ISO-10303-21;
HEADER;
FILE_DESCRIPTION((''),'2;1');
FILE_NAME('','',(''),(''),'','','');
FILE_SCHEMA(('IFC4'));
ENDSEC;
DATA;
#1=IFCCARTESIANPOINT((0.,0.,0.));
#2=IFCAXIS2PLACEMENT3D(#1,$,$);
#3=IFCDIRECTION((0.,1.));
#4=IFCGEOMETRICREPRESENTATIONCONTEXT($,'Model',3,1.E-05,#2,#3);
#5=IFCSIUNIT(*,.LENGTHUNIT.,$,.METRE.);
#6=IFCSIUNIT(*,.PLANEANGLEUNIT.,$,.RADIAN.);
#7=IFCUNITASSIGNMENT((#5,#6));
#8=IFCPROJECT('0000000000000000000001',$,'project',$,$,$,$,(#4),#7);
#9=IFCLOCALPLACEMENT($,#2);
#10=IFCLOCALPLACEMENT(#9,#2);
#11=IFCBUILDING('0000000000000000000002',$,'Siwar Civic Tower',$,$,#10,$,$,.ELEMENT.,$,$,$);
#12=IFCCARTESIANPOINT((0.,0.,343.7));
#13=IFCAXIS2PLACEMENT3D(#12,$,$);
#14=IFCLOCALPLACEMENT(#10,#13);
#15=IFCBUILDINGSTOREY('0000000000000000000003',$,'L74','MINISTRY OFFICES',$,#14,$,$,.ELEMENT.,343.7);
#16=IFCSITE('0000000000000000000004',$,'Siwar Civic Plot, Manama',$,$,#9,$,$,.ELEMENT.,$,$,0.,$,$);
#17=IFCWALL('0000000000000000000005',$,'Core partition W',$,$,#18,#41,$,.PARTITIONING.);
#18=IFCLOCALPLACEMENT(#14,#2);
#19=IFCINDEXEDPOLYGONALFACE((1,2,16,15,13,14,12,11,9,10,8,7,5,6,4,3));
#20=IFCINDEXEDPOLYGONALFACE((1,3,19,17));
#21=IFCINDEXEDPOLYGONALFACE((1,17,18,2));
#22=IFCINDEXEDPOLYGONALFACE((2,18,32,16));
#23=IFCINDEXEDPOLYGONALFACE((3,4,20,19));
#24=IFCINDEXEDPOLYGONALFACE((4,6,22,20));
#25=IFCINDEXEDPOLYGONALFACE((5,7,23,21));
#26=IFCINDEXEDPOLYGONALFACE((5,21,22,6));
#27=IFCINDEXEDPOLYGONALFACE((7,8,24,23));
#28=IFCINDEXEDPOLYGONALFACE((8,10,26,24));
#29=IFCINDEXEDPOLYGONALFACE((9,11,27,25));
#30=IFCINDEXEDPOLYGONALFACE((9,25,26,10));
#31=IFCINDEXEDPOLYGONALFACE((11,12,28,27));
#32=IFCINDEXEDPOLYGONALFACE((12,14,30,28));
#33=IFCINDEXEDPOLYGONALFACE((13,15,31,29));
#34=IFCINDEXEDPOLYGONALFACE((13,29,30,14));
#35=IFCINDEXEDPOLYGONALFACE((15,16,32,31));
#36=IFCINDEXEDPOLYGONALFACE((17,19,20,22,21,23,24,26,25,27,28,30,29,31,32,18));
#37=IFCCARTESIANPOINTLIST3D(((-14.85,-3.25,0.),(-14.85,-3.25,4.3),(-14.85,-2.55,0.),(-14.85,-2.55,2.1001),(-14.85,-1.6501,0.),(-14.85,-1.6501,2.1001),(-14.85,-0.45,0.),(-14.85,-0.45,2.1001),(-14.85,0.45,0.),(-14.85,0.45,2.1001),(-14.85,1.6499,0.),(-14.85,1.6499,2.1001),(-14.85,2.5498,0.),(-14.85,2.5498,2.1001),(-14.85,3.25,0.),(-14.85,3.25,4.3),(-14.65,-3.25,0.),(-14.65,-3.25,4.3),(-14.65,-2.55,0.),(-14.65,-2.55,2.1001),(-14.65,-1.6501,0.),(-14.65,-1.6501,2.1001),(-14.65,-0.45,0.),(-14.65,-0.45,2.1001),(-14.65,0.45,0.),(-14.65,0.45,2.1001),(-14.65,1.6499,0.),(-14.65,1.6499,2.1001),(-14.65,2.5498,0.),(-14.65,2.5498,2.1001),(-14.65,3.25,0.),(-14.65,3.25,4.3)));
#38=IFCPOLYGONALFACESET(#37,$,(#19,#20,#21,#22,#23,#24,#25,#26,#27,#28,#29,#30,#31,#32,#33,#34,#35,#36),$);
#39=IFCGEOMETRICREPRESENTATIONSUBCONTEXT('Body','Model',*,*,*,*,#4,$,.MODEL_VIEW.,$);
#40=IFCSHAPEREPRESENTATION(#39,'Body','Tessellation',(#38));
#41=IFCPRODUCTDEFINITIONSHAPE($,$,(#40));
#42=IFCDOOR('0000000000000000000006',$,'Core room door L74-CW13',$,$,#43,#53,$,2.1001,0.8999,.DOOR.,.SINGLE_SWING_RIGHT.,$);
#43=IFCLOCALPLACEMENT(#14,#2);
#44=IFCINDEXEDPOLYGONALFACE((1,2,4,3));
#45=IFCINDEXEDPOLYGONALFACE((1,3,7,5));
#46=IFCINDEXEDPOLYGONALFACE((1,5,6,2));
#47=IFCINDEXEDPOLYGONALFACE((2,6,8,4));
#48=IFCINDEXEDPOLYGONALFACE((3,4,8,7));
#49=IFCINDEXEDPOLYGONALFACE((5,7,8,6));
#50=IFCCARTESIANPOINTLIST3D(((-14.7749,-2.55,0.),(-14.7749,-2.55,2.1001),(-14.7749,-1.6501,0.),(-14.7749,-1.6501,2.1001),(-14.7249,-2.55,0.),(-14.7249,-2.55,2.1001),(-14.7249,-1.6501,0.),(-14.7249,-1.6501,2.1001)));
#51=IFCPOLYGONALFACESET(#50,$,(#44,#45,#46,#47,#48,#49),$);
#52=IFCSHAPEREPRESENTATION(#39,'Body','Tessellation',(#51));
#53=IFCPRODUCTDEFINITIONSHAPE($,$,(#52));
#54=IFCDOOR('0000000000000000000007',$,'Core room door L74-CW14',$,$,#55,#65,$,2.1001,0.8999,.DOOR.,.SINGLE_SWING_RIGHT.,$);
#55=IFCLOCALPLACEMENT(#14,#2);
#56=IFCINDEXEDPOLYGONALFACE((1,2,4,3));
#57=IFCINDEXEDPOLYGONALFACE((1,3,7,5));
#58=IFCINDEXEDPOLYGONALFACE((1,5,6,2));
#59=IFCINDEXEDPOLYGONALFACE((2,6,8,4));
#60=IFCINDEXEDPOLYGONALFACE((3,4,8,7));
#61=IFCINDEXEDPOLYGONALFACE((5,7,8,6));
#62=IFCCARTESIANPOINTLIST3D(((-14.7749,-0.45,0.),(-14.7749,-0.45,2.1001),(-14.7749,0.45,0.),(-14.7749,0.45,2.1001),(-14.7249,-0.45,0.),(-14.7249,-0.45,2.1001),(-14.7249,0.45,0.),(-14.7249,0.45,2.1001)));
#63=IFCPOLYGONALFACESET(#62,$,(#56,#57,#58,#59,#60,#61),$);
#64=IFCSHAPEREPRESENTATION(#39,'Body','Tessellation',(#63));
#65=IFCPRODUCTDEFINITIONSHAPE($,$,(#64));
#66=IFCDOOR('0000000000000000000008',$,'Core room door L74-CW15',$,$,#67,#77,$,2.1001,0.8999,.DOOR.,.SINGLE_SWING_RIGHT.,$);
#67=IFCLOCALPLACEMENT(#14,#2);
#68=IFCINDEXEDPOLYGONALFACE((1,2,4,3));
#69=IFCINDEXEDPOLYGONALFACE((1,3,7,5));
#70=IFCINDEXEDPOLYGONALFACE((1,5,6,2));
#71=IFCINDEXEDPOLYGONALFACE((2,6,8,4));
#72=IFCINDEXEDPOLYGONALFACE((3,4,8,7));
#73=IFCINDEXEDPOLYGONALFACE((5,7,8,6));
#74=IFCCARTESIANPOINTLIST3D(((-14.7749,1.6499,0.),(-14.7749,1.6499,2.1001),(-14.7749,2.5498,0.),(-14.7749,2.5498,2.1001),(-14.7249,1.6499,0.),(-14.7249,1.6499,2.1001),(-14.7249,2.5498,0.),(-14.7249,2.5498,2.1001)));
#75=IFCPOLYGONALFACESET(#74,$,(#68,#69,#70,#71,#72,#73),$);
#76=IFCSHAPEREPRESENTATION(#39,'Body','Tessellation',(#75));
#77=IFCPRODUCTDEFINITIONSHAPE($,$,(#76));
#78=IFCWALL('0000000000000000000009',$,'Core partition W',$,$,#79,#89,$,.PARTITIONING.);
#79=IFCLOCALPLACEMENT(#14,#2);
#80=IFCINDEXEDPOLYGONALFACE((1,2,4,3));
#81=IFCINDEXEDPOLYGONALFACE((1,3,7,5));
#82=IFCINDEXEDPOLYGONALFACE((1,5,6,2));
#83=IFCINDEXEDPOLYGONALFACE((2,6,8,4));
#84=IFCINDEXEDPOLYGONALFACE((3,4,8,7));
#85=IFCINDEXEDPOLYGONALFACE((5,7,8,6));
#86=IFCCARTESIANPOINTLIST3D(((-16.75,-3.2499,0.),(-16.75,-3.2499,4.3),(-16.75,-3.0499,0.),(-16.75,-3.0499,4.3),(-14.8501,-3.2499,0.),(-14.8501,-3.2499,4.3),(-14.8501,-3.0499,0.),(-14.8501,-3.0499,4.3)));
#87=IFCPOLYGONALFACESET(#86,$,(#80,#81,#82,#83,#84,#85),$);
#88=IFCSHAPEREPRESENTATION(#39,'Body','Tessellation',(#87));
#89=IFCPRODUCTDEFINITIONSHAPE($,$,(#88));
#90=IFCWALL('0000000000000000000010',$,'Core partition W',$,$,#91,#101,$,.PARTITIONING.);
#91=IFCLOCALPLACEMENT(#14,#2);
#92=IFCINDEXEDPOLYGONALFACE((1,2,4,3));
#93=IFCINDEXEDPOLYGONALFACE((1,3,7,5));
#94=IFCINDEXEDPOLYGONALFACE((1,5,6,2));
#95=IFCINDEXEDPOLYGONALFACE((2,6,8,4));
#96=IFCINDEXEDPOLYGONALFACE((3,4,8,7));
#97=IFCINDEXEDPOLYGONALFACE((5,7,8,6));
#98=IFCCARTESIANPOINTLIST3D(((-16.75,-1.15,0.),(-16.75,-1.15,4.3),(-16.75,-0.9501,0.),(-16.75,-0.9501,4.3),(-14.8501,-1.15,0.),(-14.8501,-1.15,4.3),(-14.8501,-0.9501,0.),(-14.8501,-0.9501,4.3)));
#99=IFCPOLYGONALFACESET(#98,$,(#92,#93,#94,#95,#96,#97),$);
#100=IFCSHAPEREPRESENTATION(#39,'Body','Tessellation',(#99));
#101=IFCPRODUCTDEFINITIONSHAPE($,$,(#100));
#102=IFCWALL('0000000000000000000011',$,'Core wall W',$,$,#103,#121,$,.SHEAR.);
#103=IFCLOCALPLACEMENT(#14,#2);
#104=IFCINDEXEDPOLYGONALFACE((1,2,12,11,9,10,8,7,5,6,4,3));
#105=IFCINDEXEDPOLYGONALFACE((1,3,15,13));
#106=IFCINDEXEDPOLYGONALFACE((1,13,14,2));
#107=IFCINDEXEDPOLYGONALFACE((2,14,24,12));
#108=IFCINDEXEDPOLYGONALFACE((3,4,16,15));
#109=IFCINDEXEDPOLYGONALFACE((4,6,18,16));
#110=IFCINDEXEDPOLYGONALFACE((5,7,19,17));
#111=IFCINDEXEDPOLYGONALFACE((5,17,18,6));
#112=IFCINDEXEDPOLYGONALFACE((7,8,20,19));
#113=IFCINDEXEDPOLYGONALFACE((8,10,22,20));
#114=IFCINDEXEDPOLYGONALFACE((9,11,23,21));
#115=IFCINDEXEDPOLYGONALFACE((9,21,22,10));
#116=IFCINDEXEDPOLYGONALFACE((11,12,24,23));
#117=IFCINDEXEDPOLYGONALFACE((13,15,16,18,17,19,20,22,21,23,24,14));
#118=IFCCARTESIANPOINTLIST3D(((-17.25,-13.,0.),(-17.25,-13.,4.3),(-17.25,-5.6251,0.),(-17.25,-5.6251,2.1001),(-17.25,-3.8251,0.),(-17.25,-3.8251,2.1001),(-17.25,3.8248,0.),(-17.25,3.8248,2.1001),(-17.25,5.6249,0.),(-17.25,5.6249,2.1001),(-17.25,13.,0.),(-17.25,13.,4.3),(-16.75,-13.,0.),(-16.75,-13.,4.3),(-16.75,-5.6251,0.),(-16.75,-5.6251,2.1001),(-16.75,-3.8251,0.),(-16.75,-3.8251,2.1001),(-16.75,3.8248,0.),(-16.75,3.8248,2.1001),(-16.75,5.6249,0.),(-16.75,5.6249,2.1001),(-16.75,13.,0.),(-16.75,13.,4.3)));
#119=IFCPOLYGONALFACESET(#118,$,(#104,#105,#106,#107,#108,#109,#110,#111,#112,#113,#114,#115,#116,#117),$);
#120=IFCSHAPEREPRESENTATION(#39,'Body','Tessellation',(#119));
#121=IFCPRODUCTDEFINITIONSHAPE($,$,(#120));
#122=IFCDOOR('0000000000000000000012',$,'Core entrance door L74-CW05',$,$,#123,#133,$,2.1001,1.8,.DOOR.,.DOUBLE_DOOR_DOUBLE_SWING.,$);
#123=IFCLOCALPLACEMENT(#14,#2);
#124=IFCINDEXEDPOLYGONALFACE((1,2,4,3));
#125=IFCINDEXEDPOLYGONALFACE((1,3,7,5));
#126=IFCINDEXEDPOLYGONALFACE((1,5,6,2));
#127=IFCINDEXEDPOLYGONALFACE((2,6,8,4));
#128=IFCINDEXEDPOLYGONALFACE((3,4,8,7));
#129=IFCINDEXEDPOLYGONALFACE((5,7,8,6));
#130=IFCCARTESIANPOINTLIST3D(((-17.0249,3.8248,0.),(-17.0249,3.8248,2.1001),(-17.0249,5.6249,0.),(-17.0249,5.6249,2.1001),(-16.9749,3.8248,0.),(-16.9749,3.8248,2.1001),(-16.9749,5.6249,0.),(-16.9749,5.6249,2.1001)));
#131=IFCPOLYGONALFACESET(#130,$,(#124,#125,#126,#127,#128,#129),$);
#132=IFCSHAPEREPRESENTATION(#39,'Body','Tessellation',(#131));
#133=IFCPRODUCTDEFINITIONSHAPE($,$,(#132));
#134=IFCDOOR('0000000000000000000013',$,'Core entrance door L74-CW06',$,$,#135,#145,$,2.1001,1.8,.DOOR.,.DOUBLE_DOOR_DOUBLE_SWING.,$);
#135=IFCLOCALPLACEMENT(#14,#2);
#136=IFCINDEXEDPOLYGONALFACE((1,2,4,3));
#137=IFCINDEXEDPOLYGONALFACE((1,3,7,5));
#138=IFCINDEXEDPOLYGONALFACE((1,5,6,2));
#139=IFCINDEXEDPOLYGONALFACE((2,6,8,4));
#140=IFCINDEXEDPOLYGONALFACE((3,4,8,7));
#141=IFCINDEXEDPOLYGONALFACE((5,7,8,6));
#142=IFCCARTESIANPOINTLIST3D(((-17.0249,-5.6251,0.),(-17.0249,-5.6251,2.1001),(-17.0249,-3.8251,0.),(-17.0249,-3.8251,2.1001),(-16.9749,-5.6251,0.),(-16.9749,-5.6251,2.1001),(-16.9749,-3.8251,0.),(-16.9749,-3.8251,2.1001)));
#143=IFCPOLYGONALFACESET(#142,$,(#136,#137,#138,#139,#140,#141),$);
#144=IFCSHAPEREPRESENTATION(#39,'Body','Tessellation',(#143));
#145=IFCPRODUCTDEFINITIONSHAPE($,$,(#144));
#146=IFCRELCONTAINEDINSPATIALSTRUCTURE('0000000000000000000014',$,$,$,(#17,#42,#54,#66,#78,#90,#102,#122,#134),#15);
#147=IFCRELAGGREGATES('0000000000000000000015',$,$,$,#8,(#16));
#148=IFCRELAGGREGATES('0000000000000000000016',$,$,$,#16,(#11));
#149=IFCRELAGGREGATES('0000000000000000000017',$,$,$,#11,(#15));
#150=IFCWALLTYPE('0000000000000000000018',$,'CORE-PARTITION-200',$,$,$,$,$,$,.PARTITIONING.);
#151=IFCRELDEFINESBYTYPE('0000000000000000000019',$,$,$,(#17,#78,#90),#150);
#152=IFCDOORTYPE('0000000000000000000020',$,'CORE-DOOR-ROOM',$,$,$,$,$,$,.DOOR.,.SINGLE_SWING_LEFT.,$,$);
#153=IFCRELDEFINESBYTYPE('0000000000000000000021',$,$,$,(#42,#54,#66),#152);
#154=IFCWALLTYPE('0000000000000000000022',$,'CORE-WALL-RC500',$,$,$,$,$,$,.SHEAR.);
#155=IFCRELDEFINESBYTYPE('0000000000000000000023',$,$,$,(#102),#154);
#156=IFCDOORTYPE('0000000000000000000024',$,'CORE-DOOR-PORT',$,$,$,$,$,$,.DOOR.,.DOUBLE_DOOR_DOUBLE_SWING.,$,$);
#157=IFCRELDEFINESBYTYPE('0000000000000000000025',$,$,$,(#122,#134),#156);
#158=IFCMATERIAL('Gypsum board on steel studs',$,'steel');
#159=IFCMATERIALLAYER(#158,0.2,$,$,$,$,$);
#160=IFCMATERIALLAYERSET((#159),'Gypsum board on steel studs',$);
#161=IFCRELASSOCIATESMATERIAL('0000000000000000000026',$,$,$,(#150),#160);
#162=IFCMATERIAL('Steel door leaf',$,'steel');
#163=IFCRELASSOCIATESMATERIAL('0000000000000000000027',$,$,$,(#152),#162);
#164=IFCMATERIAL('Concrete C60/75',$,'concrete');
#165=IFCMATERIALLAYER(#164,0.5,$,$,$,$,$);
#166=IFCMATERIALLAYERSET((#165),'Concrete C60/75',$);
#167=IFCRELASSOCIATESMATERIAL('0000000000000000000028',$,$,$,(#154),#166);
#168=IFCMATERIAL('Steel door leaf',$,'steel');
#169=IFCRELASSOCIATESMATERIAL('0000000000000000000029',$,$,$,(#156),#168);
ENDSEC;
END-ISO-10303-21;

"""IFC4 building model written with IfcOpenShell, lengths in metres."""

from ifc_helpers import new_model, si_unit, direction, frame, frame_2d, origin, place, context, subcontext, project, spatial, rectangle, extrude, material, layer, layer_set, type_object, element, fill, save


model = new_model("IFC4")

# Units and contexts
model_context = context("Model", 3, precision=1e-05, world=origin(), true_north=direction((0.0, 1.0)))
body_context = subcontext(model_context, "Body", "Model", "MODEL_VIEW")
ifc_project = project(units=[si_unit("LENGTHUNIT", "METRE"), si_unit("PLANEANGLEUNIT", "RADIAN")], contexts=[model_context])

# Site, building, storey
site_placement = place(None, origin())
site = spatial("IfcSite", under=ifc_project, at=site_placement, Name="Siwar Civic Plot, Manama", CompositionType="ELEMENT", RefElevation=0.0)
building_placement = place(site_placement, origin())
building = spatial("IfcBuilding", under=site, at=building_placement, Name="Siwar Civic Tower", CompositionType="ELEMENT")
storey_placement = place(building_placement, frame((0.0, 0.0, 343.7)))
storey = spatial("IfcBuildingStorey", under=building, at=storey_placement, Name="L74", Description="MINISTRY OFFICES", CompositionType="ELEMENT", Elevation=343.7)

# Wall, openings, doors
ifc_material_1 = material(Name="Gypsum board on steel studs", Category="steel")
ifc_layer_1 = layer(ifc_material_1, 0.2)
ifc_layer_set_1 = layer_set([ifc_layer_1], Name="Gypsum board on steel studs")
wall_type_1 = type_object("IfcWallType", Name="CORE-PARTITION-200", PredefinedType="PARTITIONING", material=ifc_layer_set_1)
wall_1_placement = place(storey_placement, frame((-14.75, -3.25, 0.0), z_axis=(0.0, 0.0, 1.0), x_axis=(0.0, 1.0, 0.0)))
wall_1 = element("IfcWall", 1, at=wall_1_placement, inside=storey, type_object=wall_type_1, Name="Core partition W", PredefinedType="PARTITIONING", context=body_context, shape_type="SweptSolid", body=[
    extrude(rectangle(XDim=6.5, YDim=0.2, at=frame_2d((3.25, 0.0))), origin(), (0.0, 0.0, 1.0), 4.3),
])
opening_1_placement = place(wall_1_placement, frame((0.7, 0.0, 0.0)))
opening_1 = element("IfcOpeningElement", 2, at=opening_1_placement, cuts=wall_1, PredefinedType="OPENING", context=body_context, shape_type="SweptSolid", body=[
    extrude(rectangle(XDim=0.8999, YDim=2.1001, at=frame_2d((0.45, 1.05))), frame((0.0, 0.1099, 0.0), z_axis=(0.0, -1.0, 0.0), x_axis=(1.0, 0.0, 0.0)), (0.0, 0.0, 1.0), 0.22),
])
opening_2_placement = place(wall_1_placement, frame((2.8, 0.0, 0.0)))
opening_2 = element("IfcOpeningElement", 3, at=opening_2_placement, cuts=wall_1, PredefinedType="OPENING", context=body_context, shape_type="SweptSolid", body=[
    extrude(rectangle(XDim=0.8999, YDim=2.1001, at=frame_2d((0.45, 1.05))), frame((0.0, 0.1099, 0.0), z_axis=(0.0, -1.0, 0.0), x_axis=(1.0, 0.0, 0.0)), (0.0, 0.0, 1.0), 0.22),
])
opening_3_placement = place(wall_1_placement, frame((4.8999, 0.0, 0.0)))
opening_3 = element("IfcOpeningElement", 4, at=opening_3_placement, cuts=wall_1, PredefinedType="OPENING", context=body_context, shape_type="SweptSolid", body=[
    extrude(rectangle(XDim=0.8999, YDim=2.1001, at=frame_2d((0.45, 1.05))), frame((0.0, 0.1099, 0.0), z_axis=(0.0, -1.0, 0.0), x_axis=(1.0, 0.0, 0.0)), (0.0, 0.0, 1.0), 0.22),
])
ifc_material_2 = material(Name="Steel door leaf", Category="steel")
door_type_1 = type_object("IfcDoorType", Name="CORE-DOOR-ROOM", OperationType="SINGLE_SWING_LEFT", PredefinedType="DOOR", material=ifc_material_2)
door_1_placement = place(opening_1_placement, origin())
door_1 = element("IfcDoor", 5, at=door_1_placement, inside=storey, type_object=door_type_1, Name="Core room door L74-CW13", OperationType="SINGLE_SWING_RIGHT", OverallHeight=2.1001, OverallWidth=0.8999, PredefinedType="DOOR", context=body_context, shape_type="SweptSolid", body=[
    extrude(rectangle(XDim=0.8999, YDim=2.1001, at=frame_2d((0.45, 1.05))), frame((0.0, 0.0249, 0.0), z_axis=(0.0, -1.0, 0.0), x_axis=(1.0, 0.0, 0.0)), (0.0, 0.0, 1.0), 0.05),
])
fill(opening_1, door_1)
door_2_placement = place(opening_2_placement, origin())
door_2 = element("IfcDoor", 6, at=door_2_placement, inside=storey, type_object=door_type_1, Name="Core room door L74-CW14", OperationType="SINGLE_SWING_RIGHT", OverallHeight=2.1001, OverallWidth=0.8999, PredefinedType="DOOR", context=body_context, shape_type="SweptSolid", body=[
    extrude(rectangle(XDim=0.8999, YDim=2.1001, at=frame_2d((0.45, 1.05))), frame((0.0, 0.0249, 0.0), z_axis=(0.0, -1.0, 0.0), x_axis=(1.0, 0.0, 0.0)), (0.0, 0.0, 1.0), 0.05),
])
fill(opening_2, door_2)
door_3_placement = place(opening_3_placement, origin())
door_3 = element("IfcDoor", 7, at=door_3_placement, inside=storey, type_object=door_type_1, Name="Core room door L74-CW15", OperationType="SINGLE_SWING_RIGHT", OverallHeight=2.1001, OverallWidth=0.8999, PredefinedType="DOOR", context=body_context, shape_type="SweptSolid", body=[
    extrude(rectangle(XDim=0.8999, YDim=2.1001, at=frame_2d((0.45, 1.05))), frame((0.0, 0.0249, 0.0), z_axis=(0.0, -1.0, 0.0), x_axis=(1.0, 0.0, 0.0)), (0.0, 0.0, 1.0), 0.05),
])
fill(opening_3, door_3)

# Walls
for number, where, z_axis, x_axis, name in (
    (8, (-14.8501, -3.1499, 0.0), (0.0, 0.0, 1.0), (-1.0, 0.0, 0.0), "Core partition W"),
    (9, (-14.8501, -1.05, 0.0), (0.0, 0.0, 1.0), (-1.0, 0.0, 0.0), "Core partition W"),
):
    element("IfcWall", number, at=place(storey_placement, frame(where, z_axis=z_axis, x_axis=x_axis)), inside=storey, type_object=wall_type_1, Name=name, PredefinedType="PARTITIONING", context=body_context, shape_type="SweptSolid", body=[
        extrude(rectangle(XDim=1.8999, YDim=0.2, at=frame_2d((0.95, 0.0))), origin(), (0.0, 0.0, 1.0), 4.3),
    ])

# Wall, openings, doors
ifc_material_3 = material(Name="Concrete C60/75", Category="concrete")
ifc_layer_2 = layer(ifc_material_3, 0.5)
ifc_layer_set_2 = layer_set([ifc_layer_2], Name="Concrete C60/75")
wall_type_2 = type_object("IfcWallType", Name="CORE-WALL-RC500", PredefinedType="SHEAR", material=ifc_layer_set_2)
wall_2_placement = place(storey_placement, frame((-17.0, -13.0, 0.0), z_axis=(0.0, 0.0, 1.0), x_axis=(0.0, 1.0, 0.0)))
wall_2 = element("IfcWall", 10, at=wall_2_placement, inside=storey, type_object=wall_type_2, Name="Core wall W", PredefinedType="SHEAR", context=body_context, shape_type="SweptSolid", body=[
    extrude(rectangle(XDim=26.0, YDim=0.5, at=frame_2d((13.0, 0.0))), origin(), (0.0, 0.0, 1.0), 4.3),
])
opening_4_placement = place(wall_2_placement, frame((16.825, 0.0, 0.0)))
opening_4 = element("IfcOpeningElement", 11, at=opening_4_placement, cuts=wall_2, PredefinedType="OPENING", context=body_context, shape_type="SweptSolid", body=[
    extrude(rectangle(XDim=1.8, YDim=2.1001, at=frame_2d((0.8999, 1.05))), frame((0.0, 0.26, 0.0), z_axis=(0.0, -1.0, 0.0), x_axis=(1.0, 0.0, 0.0)), (0.0, 0.0, 1.0), 0.52),
])
opening_5_placement = place(wall_2_placement, frame((7.375, 0.0, 0.0)))
opening_5 = element("IfcOpeningElement", 12, at=opening_5_placement, cuts=wall_2, PredefinedType="OPENING", context=body_context, shape_type="SweptSolid", body=[
    extrude(rectangle(XDim=1.8, YDim=2.1001, at=frame_2d((0.8999, 1.05))), frame((0.0, 0.26, 0.0), z_axis=(0.0, -1.0, 0.0), x_axis=(1.0, 0.0, 0.0)), (0.0, 0.0, 1.0), 0.52),
])
ifc_material_4 = material(Name="Steel door leaf", Category="steel")
door_type_2 = type_object("IfcDoorType", Name="CORE-DOOR-PORT", OperationType="DOUBLE_DOOR_DOUBLE_SWING", PredefinedType="DOOR", material=ifc_material_4)
door_4_placement = place(opening_4_placement, origin())
door_4 = element("IfcDoor", 13, at=door_4_placement, inside=storey, type_object=door_type_2, Name="Core entrance door L74-CW05", OperationType="DOUBLE_DOOR_DOUBLE_SWING", OverallHeight=2.1001, OverallWidth=1.8, PredefinedType="DOOR", context=body_context, shape_type="SweptSolid", body=[
    extrude(rectangle(XDim=1.8, YDim=2.1001, at=frame_2d((0.8999, 1.05))), frame((0.0, 0.0249, 0.0), z_axis=(0.0, -1.0, 0.0), x_axis=(1.0, 0.0, 0.0)), (0.0, 0.0, 1.0), 0.05),
])
fill(opening_4, door_4)
door_5_placement = place(opening_5_placement, origin())
door_5 = element("IfcDoor", 14, at=door_5_placement, inside=storey, type_object=door_type_2, Name="Core entrance door L74-CW06", OperationType="DOUBLE_DOOR_DOUBLE_SWING", OverallHeight=2.1001, OverallWidth=1.8, PredefinedType="DOOR", context=body_context, shape_type="SweptSolid", body=[
    extrude(rectangle(XDim=1.8, YDim=2.1001, at=frame_2d((0.8999, 1.05))), frame((0.0, 0.0249, 0.0), z_axis=(0.0, -1.0, 0.0), x_axis=(1.0, 0.0, 0.0)), (0.0, 0.0, 1.0), 0.05),
])
fill(opening_5, door_5)

save(model, "model.ifc")
